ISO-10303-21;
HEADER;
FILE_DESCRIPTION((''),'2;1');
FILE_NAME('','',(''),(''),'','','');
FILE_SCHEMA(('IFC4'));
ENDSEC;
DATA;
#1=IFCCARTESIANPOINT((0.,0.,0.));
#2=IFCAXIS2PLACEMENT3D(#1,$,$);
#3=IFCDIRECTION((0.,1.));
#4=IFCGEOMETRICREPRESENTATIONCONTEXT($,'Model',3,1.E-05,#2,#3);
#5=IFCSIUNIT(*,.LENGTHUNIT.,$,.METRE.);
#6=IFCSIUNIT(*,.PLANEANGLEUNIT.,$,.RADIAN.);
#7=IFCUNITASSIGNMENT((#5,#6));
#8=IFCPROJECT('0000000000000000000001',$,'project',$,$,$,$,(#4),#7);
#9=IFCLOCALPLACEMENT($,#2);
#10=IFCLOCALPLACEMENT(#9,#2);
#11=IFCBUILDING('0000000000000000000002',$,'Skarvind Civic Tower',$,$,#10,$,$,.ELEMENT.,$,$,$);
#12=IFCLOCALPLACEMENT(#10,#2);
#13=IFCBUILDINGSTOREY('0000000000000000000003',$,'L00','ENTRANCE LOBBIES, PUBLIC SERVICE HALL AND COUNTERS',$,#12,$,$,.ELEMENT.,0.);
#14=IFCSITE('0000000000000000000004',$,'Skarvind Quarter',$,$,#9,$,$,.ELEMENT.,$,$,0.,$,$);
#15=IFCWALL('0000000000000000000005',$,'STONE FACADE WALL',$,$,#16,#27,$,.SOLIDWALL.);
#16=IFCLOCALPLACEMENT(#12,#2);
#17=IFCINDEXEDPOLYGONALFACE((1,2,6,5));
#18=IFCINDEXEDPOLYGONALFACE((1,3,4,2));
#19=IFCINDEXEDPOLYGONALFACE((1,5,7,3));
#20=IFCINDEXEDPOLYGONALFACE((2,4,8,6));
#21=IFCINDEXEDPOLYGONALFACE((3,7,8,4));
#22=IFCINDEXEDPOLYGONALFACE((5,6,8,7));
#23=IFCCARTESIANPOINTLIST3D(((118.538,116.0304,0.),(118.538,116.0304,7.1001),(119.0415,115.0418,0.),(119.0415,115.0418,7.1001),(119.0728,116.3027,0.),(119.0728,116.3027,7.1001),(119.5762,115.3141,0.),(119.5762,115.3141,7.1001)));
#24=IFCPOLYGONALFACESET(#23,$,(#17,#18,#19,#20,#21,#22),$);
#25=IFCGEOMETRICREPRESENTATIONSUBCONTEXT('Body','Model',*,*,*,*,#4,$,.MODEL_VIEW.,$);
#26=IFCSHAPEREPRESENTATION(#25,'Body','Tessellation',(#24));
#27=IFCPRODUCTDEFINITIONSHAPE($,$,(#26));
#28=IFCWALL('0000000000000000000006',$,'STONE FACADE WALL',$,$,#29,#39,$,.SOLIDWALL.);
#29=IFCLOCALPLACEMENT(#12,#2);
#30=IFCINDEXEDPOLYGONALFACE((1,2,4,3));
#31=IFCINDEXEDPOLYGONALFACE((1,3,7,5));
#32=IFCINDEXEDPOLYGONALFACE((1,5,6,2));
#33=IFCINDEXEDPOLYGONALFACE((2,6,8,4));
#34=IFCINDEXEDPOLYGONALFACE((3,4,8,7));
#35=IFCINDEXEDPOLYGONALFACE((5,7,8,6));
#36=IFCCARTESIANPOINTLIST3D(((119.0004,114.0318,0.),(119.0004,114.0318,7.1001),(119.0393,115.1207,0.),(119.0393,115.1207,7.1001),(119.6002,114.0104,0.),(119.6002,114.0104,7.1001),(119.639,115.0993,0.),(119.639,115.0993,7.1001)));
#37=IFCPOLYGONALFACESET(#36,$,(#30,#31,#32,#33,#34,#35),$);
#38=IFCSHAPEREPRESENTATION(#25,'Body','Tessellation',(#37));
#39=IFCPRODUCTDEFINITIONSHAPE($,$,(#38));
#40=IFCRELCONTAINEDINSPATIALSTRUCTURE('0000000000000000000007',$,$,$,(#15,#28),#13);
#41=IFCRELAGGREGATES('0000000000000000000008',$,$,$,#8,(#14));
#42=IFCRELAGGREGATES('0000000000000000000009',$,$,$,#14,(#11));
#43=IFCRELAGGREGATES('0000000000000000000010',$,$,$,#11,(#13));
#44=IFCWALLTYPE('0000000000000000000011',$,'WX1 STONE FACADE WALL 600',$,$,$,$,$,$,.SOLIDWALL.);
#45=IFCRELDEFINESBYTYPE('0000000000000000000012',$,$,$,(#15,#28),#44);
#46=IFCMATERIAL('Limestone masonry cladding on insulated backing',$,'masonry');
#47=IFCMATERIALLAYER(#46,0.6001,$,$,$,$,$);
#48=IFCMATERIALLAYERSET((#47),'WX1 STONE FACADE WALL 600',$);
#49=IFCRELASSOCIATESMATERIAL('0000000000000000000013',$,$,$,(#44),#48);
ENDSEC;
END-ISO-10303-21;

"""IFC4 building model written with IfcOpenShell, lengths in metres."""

from ifc_helpers import new_model, si_unit, direction, frame, frame_2d, origin, place, context, subcontext, project, spatial, rectangle, extrude, material, layer, layer_set, type_object, element, save


model = new_model("IFC4")

# Units and contexts
model_context = context("Model", 3, precision=1e-05, world=origin(), true_north=direction((0.0, 1.0)))
body_context = subcontext(model_context, "Body", "Model", "MODEL_VIEW")
ifc_project = project(units=[si_unit("LENGTHUNIT", "METRE"), si_unit("PLANEANGLEUNIT", "RADIAN")], contexts=[model_context])

# Site, building, storey
site_placement = place(None, origin())
site = spatial("IfcSite", under=ifc_project, at=site_placement, Name="Skarvind Quarter", CompositionType="ELEMENT", RefElevation=0.0)
building_placement = place(site_placement, origin())
building = spatial("IfcBuilding", under=site, at=building_placement, Name="Skarvind Civic Tower", CompositionType="ELEMENT")
storey_placement = place(building_placement, origin())
storey = spatial("IfcBuildingStorey", under=building, at=storey_placement, Name="L00", Description="ENTRANCE LOBBIES, PUBLIC SERVICE HALL AND COUNTERS", CompositionType="ELEMENT", Elevation=0.0)

# Walls
ifc_material_1 = material(Name="Limestone masonry cladding on insulated backing", Category="masonry")
ifc_layer_1 = layer(ifc_material_1, 0.6001)
ifc_layer_set_1 = layer_set([ifc_layer_1], Name="WX1 STONE FACADE WALL 600")
wall_type_1 = type_object("IfcWallType", Name="WX1 STONE FACADE WALL 600", PredefinedType="SOLIDWALL", material=ifc_layer_set_1)
for number, where, z_axis, x_axis, name in (
    (1, (119.3088, 115.178, 0.0), (0.0, 0.0, 1.0), (-0.453804, 0.891102, 0.0), "STONE FACADE WALL"),
):
    element("IfcWall", number, at=place(storey_placement, frame(where, z_axis=z_axis, x_axis=x_axis)), inside=storey, type_object=wall_type_1, Name=name, PredefinedType="SOLIDWALL", context=body_context, shape_type="SweptSolid", body=[
        extrude(rectangle(XDim=1.1094, YDim=0.6001, at=frame_2d((0.5547, 0.0))), origin(), (0.0, 0.0, 1.0), 7.1001),
    ])
wall_1_placement = place(storey_placement, frame((119.3003, 114.021, 0.0), z_axis=(0.0, 0.0, 1.0), x_axis=(0.035628, 0.999365, 0.0)))
element("IfcWall", 2, at=wall_1_placement, inside=storey, type_object=wall_type_1, Name="STONE FACADE WALL", PredefinedType="SOLIDWALL", context=body_context, shape_type="SweptSolid", body=[
    extrude(rectangle(XDim=1.0896, YDim=0.6001, at=frame_2d((0.5449, 0.0))), origin(), (0.0, 0.0, 1.0), 7.1001),
])

save(model, "model.ifc")
